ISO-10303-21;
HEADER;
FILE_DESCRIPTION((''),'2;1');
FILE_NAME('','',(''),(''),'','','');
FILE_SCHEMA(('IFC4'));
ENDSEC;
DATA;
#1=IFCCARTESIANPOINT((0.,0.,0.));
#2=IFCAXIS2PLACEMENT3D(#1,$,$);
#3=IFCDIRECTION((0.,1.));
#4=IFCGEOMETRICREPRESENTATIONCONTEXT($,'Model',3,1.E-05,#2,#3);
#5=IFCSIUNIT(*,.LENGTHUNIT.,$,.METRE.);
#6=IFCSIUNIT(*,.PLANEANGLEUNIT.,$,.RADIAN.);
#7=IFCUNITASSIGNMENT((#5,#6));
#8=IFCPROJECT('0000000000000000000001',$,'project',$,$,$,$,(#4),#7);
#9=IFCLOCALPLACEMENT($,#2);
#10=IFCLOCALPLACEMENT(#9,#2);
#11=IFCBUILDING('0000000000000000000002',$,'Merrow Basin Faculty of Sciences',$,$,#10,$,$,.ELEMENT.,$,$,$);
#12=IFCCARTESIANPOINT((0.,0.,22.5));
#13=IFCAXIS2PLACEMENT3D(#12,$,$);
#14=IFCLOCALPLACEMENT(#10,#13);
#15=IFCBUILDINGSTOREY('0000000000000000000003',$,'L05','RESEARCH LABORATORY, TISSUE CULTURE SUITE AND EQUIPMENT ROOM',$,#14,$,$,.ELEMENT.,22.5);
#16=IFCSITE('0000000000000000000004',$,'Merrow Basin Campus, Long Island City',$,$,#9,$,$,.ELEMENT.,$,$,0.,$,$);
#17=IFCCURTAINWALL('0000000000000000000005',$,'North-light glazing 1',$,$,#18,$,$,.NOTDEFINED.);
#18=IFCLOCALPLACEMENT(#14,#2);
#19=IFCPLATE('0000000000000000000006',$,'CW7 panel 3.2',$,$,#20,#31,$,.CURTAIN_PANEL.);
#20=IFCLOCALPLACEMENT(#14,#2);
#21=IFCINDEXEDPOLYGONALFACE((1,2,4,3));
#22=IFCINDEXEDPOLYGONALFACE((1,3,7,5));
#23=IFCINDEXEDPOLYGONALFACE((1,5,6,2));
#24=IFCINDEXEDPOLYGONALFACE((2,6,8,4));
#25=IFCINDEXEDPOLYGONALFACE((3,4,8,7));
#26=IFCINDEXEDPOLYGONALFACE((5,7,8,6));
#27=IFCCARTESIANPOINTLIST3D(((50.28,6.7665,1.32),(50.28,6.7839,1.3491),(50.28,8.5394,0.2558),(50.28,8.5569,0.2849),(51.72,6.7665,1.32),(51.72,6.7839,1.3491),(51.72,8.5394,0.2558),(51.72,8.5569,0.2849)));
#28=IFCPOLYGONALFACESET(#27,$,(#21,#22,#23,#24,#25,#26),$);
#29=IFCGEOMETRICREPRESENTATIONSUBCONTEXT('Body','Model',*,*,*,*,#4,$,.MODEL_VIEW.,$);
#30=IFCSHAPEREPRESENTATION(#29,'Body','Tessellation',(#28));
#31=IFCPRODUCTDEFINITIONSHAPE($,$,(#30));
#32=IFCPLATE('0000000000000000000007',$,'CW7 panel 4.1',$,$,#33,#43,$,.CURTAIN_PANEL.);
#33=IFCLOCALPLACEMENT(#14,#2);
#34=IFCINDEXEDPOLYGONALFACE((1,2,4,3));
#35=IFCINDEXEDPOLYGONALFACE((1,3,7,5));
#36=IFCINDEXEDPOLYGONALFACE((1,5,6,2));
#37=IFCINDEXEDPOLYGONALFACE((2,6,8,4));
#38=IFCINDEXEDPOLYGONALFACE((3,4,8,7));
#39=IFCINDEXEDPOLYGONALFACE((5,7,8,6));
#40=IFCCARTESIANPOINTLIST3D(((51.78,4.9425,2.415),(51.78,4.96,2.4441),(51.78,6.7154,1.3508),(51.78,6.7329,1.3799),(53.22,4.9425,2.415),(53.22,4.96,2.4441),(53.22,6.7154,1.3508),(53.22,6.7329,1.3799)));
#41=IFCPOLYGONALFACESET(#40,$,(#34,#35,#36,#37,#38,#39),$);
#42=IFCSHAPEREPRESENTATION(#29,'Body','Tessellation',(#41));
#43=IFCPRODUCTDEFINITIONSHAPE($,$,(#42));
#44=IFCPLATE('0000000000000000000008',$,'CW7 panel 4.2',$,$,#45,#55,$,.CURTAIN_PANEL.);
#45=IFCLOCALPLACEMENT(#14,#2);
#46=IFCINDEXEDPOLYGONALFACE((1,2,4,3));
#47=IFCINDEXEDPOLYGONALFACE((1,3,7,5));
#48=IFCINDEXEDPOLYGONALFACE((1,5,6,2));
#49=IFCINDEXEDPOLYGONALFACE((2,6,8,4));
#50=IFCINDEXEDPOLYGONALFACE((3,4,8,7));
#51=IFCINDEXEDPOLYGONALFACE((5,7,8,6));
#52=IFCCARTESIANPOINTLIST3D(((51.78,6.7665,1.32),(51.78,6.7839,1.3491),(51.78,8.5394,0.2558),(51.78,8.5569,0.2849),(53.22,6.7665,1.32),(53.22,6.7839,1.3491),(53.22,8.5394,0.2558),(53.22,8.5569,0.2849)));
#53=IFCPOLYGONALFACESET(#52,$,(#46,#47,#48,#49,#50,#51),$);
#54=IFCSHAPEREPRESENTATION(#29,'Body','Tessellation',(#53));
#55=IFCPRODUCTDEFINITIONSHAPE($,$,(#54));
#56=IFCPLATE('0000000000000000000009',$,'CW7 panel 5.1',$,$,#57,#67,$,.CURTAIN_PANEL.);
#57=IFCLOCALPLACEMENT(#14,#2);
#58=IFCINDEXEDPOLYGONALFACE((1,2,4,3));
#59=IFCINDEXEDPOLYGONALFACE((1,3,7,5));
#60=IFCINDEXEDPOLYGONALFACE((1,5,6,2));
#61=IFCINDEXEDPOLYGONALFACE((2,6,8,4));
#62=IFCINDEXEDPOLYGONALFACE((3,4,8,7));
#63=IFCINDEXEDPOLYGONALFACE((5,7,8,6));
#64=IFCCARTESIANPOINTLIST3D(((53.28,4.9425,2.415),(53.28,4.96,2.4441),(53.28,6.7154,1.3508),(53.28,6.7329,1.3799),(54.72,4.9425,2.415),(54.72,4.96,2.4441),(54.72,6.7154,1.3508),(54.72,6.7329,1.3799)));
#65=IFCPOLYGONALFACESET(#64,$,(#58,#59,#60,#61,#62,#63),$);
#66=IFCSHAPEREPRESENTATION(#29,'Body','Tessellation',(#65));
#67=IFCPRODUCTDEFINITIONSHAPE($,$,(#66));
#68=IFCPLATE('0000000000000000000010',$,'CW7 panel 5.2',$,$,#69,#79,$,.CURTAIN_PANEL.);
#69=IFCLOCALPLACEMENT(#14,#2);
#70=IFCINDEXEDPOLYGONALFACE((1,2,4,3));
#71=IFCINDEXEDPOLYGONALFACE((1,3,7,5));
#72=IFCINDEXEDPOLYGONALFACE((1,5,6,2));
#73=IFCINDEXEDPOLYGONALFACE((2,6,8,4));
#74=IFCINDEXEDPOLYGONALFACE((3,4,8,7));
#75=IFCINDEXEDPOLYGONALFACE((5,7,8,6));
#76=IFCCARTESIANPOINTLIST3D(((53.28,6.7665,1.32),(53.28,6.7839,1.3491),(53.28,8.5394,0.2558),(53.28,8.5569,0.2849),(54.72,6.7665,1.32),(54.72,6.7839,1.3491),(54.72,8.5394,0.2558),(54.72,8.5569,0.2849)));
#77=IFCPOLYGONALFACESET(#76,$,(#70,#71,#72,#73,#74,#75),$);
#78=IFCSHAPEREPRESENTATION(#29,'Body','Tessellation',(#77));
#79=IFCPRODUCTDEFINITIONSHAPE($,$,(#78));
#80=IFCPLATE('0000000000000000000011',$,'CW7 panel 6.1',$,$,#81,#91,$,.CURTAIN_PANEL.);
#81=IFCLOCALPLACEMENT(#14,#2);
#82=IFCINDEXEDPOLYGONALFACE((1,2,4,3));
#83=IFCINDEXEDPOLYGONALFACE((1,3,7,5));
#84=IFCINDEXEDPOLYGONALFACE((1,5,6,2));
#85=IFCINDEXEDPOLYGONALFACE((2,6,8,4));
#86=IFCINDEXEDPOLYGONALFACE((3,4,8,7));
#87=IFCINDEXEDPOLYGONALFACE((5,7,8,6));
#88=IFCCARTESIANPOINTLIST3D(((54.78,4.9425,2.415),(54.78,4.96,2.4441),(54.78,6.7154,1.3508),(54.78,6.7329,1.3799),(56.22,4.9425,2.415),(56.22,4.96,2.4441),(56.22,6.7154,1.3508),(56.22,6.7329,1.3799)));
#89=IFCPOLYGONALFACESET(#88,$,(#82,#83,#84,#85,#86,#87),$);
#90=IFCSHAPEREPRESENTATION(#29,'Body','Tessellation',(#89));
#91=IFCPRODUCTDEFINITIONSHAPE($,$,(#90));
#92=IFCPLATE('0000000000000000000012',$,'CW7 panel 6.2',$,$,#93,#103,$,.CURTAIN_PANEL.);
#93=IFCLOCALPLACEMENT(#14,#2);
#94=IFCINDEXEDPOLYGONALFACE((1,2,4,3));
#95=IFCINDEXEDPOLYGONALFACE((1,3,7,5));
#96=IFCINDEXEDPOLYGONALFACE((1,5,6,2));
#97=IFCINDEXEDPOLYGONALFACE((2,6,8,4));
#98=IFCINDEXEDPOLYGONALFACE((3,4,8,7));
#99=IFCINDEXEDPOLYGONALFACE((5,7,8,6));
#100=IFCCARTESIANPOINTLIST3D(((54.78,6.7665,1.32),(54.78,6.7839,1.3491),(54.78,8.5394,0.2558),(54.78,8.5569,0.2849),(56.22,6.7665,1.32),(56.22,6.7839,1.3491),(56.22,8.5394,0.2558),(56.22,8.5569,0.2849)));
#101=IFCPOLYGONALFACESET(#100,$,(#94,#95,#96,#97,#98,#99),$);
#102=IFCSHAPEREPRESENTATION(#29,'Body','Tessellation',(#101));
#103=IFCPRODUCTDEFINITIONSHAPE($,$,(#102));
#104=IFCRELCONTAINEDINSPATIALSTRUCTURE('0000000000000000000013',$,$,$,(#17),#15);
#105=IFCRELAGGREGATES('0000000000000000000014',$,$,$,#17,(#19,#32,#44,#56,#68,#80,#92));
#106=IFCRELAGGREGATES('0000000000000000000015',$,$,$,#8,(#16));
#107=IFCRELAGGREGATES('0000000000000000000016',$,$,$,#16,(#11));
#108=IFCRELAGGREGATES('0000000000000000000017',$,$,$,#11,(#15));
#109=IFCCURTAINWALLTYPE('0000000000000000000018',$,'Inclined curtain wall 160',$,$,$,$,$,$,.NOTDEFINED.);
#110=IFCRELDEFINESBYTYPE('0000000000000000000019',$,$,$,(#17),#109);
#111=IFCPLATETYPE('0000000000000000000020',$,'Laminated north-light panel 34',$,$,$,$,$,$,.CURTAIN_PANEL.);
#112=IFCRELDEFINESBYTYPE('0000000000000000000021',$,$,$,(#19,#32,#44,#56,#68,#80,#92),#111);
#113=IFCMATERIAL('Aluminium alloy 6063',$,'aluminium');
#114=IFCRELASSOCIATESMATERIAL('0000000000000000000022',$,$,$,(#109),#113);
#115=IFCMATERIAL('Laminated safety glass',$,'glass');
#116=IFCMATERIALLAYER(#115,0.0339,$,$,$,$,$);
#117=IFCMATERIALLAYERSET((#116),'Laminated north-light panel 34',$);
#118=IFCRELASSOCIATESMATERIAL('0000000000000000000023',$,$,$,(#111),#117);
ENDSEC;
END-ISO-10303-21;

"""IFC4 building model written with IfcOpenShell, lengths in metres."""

from ifc_helpers import new_model, si_unit, direction, frame, origin, place, context, subcontext, project, spatial, polyline, outline, extrude, material, layer, layer_set, type_object, element, aggregate, save


model = new_model("IFC4")

# Units and contexts
model_context = context("Model", 3, precision=1e-05, world=origin(), true_north=direction((0.0, 1.0)))
body_context = subcontext(model_context, "Body", "Model", "MODEL_VIEW")
ifc_project = project(units=[si_unit("LENGTHUNIT", "METRE"), si_unit("PLANEANGLEUNIT", "RADIAN")], contexts=[model_context])

# Site, building, storey
site_placement = place(None, origin())
site = spatial("IfcSite", under=ifc_project, at=site_placement, Name="Merrow Basin Campus, Long Island City", CompositionType="ELEMENT", RefElevation=0.0)
building_placement = place(site_placement, origin())
building = spatial("IfcBuilding", under=site, at=building_placement, Name="Merrow Basin Faculty of Sciences", CompositionType="ELEMENT")
storey_placement = place(building_placement, frame((0.0, 0.0, 22.5)))
storey = spatial("IfcBuildingStorey", under=building, at=storey_placement, Name="L05", Description="RESEARCH LABORATORY, TISSUE CULTURE SUITE AND EQUIPMENT ROOM", CompositionType="ELEMENT", Elevation=22.5)

# Curtain wall, plates
ifc_material_1 = material(Name="Aluminium alloy 6063", Category="aluminium")
curtain_wall_type = type_object("IfcCurtainWallType", Name="Inclined curtain wall 160", PredefinedType="NOTDEFINED", material=ifc_material_1)
curtain_wall_placement = place(storey_placement, origin())
curtain_wall = element("IfcCurtainWall", 1, at=curtain_wall_placement, inside=storey, type_object=curtain_wall_type, Name="North-light glazing 1", PredefinedType="NOTDEFINED")
ifc_material_2 = material(Name="Laminated safety glass", Category="glass")
ifc_layer = layer(ifc_material_2, 0.0339)
ifc_layer_set = layer_set([ifc_layer], Name="Laminated north-light panel 34")
plate_type = type_object("IfcPlateType", Name="Laminated north-light panel 34", PredefinedType="CURTAIN_PANEL", material=ifc_layer_set)
plate_1_placement = place(storey_placement, frame((50.28, 6.7839, 1.3491), z_axis=(0.0, 0.514652, 0.857399), x_axis=(1.0, 0.0, 0.0)))
plate_1 = element("IfcPlate", 2, at=plate_1_placement, type_object=plate_type, Name="CW7 panel 3.2", PredefinedType="CURTAIN_PANEL", context=body_context, shape_type="SweptSolid", body=[
    extrude(outline(polyline([(0.0, 0.0), (1.4399, 0.0), (1.4399, 2.0678), (0.0, 2.0678), (0.0, 0.0)])), origin(), (0.0, 0.0, -1.0), 0.0339),
])
plate_2_placement = place(storey_placement, frame((51.78, 4.96, 2.4441), z_axis=(0.0, 0.514652, 0.857399), x_axis=(1.0, 0.0, 0.0)))
plate_2 = element("IfcPlate", 3, at=plate_2_placement, type_object=plate_type, Name="CW7 panel 4.1", PredefinedType="CURTAIN_PANEL", context=body_context, shape_type="SweptSolid", body=[
    extrude(outline(polyline([(0.0, 0.0), (1.4399, 0.0), (1.4399, 2.0678), (0.0, 2.0678), (0.0, 0.0)])), origin(), (0.0, 0.0, -1.0), 0.0339),
])
plate_3_placement = place(storey_placement, frame((51.78, 6.7839, 1.3491), z_axis=(0.0, 0.514652, 0.857399), x_axis=(1.0, 0.0, 0.0)))
plate_3 = element("IfcPlate", 4, at=plate_3_placement, type_object=plate_type, Name="CW7 panel 4.2", PredefinedType="CURTAIN_PANEL", context=body_context, shape_type="SweptSolid", body=[
    extrude(outline(polyline([(0.0, 0.0), (1.4399, 0.0), (1.4399, 2.0678), (0.0, 2.0678), (0.0, 0.0)])), origin(), (0.0, 0.0, -1.0), 0.0339),
])
plate_4_placement = place(storey_placement, frame((53.28, 4.96, 2.4441), z_axis=(0.0, 0.514652, 0.857399), x_axis=(1.0, 0.0, 0.0)))
plate_4 = element("IfcPlate", 5, at=plate_4_placement, type_object=plate_type, Name="CW7 panel 5.1", PredefinedType="CURTAIN_PANEL", context=body_context, shape_type="SweptSolid", body=[
    extrude(outline(polyline([(0.0, 0.0), (1.4399, 0.0), (1.4399, 2.0678), (0.0, 2.0678), (0.0, 0.0)])), origin(), (0.0, 0.0, -1.0), 0.0339),
])
plate_5_placement = place(storey_placement, frame((53.28, 6.7839, 1.3491), z_axis=(0.0, 0.514652, 0.857399), x_axis=(1.0, 0.0, 0.0)))
plate_5 = element("IfcPlate", 6, at=plate_5_placement, type_object=plate_type, Name="CW7 panel 5.2", PredefinedType="CURTAIN_PANEL", context=body_context, shape_type="SweptSolid", body=[
    extrude(outline(polyline([(0.0, 0.0), (1.4399, 0.0), (1.4399, 2.0678), (0.0, 2.0678), (0.0, 0.0)])), origin(), (0.0, 0.0, -1.0), 0.0339),
])
plate_6_placement = place(storey_placement, frame((54.78, 4.96, 2.4441), z_axis=(0.0, 0.514652, 0.857399), x_axis=(1.0, 0.0, 0.0)))
plate_6 = element("IfcPlate", 7, at=plate_6_placement, type_object=plate_type, Name="CW7 panel 6.1", PredefinedType="CURTAIN_PANEL", context=body_context, shape_type="SweptSolid", body=[
    extrude(outline(polyline([(0.0, 0.0), (1.4399, 0.0), (1.4399, 2.0678), (0.0, 2.0678), (0.0, 0.0)])), origin(), (0.0, 0.0, -1.0), 0.0339),
])
plate_7_placement = place(storey_placement, frame((54.78, 6.7839, 1.3491), z_axis=(0.0, 0.514652, 0.857399), x_axis=(1.0, 0.0, 0.0)))
plate_7 = element("IfcPlate", 8, at=plate_7_placement, type_object=plate_type, Name="CW7 panel 6.2", PredefinedType="CURTAIN_PANEL", context=body_context, shape_type="SweptSolid", body=[
    extrude(outline(polyline([(0.0, 0.0), (1.4399, 0.0), (1.4399, 2.0678), (0.0, 2.0678), (0.0, 0.0)])), origin(), (0.0, 0.0, -1.0), 0.0339),
])
aggregate(curtain_wall, [plate_1, plate_2, plate_3, plate_4, plate_5, plate_6, plate_7])

save(model, "model.ifc")
